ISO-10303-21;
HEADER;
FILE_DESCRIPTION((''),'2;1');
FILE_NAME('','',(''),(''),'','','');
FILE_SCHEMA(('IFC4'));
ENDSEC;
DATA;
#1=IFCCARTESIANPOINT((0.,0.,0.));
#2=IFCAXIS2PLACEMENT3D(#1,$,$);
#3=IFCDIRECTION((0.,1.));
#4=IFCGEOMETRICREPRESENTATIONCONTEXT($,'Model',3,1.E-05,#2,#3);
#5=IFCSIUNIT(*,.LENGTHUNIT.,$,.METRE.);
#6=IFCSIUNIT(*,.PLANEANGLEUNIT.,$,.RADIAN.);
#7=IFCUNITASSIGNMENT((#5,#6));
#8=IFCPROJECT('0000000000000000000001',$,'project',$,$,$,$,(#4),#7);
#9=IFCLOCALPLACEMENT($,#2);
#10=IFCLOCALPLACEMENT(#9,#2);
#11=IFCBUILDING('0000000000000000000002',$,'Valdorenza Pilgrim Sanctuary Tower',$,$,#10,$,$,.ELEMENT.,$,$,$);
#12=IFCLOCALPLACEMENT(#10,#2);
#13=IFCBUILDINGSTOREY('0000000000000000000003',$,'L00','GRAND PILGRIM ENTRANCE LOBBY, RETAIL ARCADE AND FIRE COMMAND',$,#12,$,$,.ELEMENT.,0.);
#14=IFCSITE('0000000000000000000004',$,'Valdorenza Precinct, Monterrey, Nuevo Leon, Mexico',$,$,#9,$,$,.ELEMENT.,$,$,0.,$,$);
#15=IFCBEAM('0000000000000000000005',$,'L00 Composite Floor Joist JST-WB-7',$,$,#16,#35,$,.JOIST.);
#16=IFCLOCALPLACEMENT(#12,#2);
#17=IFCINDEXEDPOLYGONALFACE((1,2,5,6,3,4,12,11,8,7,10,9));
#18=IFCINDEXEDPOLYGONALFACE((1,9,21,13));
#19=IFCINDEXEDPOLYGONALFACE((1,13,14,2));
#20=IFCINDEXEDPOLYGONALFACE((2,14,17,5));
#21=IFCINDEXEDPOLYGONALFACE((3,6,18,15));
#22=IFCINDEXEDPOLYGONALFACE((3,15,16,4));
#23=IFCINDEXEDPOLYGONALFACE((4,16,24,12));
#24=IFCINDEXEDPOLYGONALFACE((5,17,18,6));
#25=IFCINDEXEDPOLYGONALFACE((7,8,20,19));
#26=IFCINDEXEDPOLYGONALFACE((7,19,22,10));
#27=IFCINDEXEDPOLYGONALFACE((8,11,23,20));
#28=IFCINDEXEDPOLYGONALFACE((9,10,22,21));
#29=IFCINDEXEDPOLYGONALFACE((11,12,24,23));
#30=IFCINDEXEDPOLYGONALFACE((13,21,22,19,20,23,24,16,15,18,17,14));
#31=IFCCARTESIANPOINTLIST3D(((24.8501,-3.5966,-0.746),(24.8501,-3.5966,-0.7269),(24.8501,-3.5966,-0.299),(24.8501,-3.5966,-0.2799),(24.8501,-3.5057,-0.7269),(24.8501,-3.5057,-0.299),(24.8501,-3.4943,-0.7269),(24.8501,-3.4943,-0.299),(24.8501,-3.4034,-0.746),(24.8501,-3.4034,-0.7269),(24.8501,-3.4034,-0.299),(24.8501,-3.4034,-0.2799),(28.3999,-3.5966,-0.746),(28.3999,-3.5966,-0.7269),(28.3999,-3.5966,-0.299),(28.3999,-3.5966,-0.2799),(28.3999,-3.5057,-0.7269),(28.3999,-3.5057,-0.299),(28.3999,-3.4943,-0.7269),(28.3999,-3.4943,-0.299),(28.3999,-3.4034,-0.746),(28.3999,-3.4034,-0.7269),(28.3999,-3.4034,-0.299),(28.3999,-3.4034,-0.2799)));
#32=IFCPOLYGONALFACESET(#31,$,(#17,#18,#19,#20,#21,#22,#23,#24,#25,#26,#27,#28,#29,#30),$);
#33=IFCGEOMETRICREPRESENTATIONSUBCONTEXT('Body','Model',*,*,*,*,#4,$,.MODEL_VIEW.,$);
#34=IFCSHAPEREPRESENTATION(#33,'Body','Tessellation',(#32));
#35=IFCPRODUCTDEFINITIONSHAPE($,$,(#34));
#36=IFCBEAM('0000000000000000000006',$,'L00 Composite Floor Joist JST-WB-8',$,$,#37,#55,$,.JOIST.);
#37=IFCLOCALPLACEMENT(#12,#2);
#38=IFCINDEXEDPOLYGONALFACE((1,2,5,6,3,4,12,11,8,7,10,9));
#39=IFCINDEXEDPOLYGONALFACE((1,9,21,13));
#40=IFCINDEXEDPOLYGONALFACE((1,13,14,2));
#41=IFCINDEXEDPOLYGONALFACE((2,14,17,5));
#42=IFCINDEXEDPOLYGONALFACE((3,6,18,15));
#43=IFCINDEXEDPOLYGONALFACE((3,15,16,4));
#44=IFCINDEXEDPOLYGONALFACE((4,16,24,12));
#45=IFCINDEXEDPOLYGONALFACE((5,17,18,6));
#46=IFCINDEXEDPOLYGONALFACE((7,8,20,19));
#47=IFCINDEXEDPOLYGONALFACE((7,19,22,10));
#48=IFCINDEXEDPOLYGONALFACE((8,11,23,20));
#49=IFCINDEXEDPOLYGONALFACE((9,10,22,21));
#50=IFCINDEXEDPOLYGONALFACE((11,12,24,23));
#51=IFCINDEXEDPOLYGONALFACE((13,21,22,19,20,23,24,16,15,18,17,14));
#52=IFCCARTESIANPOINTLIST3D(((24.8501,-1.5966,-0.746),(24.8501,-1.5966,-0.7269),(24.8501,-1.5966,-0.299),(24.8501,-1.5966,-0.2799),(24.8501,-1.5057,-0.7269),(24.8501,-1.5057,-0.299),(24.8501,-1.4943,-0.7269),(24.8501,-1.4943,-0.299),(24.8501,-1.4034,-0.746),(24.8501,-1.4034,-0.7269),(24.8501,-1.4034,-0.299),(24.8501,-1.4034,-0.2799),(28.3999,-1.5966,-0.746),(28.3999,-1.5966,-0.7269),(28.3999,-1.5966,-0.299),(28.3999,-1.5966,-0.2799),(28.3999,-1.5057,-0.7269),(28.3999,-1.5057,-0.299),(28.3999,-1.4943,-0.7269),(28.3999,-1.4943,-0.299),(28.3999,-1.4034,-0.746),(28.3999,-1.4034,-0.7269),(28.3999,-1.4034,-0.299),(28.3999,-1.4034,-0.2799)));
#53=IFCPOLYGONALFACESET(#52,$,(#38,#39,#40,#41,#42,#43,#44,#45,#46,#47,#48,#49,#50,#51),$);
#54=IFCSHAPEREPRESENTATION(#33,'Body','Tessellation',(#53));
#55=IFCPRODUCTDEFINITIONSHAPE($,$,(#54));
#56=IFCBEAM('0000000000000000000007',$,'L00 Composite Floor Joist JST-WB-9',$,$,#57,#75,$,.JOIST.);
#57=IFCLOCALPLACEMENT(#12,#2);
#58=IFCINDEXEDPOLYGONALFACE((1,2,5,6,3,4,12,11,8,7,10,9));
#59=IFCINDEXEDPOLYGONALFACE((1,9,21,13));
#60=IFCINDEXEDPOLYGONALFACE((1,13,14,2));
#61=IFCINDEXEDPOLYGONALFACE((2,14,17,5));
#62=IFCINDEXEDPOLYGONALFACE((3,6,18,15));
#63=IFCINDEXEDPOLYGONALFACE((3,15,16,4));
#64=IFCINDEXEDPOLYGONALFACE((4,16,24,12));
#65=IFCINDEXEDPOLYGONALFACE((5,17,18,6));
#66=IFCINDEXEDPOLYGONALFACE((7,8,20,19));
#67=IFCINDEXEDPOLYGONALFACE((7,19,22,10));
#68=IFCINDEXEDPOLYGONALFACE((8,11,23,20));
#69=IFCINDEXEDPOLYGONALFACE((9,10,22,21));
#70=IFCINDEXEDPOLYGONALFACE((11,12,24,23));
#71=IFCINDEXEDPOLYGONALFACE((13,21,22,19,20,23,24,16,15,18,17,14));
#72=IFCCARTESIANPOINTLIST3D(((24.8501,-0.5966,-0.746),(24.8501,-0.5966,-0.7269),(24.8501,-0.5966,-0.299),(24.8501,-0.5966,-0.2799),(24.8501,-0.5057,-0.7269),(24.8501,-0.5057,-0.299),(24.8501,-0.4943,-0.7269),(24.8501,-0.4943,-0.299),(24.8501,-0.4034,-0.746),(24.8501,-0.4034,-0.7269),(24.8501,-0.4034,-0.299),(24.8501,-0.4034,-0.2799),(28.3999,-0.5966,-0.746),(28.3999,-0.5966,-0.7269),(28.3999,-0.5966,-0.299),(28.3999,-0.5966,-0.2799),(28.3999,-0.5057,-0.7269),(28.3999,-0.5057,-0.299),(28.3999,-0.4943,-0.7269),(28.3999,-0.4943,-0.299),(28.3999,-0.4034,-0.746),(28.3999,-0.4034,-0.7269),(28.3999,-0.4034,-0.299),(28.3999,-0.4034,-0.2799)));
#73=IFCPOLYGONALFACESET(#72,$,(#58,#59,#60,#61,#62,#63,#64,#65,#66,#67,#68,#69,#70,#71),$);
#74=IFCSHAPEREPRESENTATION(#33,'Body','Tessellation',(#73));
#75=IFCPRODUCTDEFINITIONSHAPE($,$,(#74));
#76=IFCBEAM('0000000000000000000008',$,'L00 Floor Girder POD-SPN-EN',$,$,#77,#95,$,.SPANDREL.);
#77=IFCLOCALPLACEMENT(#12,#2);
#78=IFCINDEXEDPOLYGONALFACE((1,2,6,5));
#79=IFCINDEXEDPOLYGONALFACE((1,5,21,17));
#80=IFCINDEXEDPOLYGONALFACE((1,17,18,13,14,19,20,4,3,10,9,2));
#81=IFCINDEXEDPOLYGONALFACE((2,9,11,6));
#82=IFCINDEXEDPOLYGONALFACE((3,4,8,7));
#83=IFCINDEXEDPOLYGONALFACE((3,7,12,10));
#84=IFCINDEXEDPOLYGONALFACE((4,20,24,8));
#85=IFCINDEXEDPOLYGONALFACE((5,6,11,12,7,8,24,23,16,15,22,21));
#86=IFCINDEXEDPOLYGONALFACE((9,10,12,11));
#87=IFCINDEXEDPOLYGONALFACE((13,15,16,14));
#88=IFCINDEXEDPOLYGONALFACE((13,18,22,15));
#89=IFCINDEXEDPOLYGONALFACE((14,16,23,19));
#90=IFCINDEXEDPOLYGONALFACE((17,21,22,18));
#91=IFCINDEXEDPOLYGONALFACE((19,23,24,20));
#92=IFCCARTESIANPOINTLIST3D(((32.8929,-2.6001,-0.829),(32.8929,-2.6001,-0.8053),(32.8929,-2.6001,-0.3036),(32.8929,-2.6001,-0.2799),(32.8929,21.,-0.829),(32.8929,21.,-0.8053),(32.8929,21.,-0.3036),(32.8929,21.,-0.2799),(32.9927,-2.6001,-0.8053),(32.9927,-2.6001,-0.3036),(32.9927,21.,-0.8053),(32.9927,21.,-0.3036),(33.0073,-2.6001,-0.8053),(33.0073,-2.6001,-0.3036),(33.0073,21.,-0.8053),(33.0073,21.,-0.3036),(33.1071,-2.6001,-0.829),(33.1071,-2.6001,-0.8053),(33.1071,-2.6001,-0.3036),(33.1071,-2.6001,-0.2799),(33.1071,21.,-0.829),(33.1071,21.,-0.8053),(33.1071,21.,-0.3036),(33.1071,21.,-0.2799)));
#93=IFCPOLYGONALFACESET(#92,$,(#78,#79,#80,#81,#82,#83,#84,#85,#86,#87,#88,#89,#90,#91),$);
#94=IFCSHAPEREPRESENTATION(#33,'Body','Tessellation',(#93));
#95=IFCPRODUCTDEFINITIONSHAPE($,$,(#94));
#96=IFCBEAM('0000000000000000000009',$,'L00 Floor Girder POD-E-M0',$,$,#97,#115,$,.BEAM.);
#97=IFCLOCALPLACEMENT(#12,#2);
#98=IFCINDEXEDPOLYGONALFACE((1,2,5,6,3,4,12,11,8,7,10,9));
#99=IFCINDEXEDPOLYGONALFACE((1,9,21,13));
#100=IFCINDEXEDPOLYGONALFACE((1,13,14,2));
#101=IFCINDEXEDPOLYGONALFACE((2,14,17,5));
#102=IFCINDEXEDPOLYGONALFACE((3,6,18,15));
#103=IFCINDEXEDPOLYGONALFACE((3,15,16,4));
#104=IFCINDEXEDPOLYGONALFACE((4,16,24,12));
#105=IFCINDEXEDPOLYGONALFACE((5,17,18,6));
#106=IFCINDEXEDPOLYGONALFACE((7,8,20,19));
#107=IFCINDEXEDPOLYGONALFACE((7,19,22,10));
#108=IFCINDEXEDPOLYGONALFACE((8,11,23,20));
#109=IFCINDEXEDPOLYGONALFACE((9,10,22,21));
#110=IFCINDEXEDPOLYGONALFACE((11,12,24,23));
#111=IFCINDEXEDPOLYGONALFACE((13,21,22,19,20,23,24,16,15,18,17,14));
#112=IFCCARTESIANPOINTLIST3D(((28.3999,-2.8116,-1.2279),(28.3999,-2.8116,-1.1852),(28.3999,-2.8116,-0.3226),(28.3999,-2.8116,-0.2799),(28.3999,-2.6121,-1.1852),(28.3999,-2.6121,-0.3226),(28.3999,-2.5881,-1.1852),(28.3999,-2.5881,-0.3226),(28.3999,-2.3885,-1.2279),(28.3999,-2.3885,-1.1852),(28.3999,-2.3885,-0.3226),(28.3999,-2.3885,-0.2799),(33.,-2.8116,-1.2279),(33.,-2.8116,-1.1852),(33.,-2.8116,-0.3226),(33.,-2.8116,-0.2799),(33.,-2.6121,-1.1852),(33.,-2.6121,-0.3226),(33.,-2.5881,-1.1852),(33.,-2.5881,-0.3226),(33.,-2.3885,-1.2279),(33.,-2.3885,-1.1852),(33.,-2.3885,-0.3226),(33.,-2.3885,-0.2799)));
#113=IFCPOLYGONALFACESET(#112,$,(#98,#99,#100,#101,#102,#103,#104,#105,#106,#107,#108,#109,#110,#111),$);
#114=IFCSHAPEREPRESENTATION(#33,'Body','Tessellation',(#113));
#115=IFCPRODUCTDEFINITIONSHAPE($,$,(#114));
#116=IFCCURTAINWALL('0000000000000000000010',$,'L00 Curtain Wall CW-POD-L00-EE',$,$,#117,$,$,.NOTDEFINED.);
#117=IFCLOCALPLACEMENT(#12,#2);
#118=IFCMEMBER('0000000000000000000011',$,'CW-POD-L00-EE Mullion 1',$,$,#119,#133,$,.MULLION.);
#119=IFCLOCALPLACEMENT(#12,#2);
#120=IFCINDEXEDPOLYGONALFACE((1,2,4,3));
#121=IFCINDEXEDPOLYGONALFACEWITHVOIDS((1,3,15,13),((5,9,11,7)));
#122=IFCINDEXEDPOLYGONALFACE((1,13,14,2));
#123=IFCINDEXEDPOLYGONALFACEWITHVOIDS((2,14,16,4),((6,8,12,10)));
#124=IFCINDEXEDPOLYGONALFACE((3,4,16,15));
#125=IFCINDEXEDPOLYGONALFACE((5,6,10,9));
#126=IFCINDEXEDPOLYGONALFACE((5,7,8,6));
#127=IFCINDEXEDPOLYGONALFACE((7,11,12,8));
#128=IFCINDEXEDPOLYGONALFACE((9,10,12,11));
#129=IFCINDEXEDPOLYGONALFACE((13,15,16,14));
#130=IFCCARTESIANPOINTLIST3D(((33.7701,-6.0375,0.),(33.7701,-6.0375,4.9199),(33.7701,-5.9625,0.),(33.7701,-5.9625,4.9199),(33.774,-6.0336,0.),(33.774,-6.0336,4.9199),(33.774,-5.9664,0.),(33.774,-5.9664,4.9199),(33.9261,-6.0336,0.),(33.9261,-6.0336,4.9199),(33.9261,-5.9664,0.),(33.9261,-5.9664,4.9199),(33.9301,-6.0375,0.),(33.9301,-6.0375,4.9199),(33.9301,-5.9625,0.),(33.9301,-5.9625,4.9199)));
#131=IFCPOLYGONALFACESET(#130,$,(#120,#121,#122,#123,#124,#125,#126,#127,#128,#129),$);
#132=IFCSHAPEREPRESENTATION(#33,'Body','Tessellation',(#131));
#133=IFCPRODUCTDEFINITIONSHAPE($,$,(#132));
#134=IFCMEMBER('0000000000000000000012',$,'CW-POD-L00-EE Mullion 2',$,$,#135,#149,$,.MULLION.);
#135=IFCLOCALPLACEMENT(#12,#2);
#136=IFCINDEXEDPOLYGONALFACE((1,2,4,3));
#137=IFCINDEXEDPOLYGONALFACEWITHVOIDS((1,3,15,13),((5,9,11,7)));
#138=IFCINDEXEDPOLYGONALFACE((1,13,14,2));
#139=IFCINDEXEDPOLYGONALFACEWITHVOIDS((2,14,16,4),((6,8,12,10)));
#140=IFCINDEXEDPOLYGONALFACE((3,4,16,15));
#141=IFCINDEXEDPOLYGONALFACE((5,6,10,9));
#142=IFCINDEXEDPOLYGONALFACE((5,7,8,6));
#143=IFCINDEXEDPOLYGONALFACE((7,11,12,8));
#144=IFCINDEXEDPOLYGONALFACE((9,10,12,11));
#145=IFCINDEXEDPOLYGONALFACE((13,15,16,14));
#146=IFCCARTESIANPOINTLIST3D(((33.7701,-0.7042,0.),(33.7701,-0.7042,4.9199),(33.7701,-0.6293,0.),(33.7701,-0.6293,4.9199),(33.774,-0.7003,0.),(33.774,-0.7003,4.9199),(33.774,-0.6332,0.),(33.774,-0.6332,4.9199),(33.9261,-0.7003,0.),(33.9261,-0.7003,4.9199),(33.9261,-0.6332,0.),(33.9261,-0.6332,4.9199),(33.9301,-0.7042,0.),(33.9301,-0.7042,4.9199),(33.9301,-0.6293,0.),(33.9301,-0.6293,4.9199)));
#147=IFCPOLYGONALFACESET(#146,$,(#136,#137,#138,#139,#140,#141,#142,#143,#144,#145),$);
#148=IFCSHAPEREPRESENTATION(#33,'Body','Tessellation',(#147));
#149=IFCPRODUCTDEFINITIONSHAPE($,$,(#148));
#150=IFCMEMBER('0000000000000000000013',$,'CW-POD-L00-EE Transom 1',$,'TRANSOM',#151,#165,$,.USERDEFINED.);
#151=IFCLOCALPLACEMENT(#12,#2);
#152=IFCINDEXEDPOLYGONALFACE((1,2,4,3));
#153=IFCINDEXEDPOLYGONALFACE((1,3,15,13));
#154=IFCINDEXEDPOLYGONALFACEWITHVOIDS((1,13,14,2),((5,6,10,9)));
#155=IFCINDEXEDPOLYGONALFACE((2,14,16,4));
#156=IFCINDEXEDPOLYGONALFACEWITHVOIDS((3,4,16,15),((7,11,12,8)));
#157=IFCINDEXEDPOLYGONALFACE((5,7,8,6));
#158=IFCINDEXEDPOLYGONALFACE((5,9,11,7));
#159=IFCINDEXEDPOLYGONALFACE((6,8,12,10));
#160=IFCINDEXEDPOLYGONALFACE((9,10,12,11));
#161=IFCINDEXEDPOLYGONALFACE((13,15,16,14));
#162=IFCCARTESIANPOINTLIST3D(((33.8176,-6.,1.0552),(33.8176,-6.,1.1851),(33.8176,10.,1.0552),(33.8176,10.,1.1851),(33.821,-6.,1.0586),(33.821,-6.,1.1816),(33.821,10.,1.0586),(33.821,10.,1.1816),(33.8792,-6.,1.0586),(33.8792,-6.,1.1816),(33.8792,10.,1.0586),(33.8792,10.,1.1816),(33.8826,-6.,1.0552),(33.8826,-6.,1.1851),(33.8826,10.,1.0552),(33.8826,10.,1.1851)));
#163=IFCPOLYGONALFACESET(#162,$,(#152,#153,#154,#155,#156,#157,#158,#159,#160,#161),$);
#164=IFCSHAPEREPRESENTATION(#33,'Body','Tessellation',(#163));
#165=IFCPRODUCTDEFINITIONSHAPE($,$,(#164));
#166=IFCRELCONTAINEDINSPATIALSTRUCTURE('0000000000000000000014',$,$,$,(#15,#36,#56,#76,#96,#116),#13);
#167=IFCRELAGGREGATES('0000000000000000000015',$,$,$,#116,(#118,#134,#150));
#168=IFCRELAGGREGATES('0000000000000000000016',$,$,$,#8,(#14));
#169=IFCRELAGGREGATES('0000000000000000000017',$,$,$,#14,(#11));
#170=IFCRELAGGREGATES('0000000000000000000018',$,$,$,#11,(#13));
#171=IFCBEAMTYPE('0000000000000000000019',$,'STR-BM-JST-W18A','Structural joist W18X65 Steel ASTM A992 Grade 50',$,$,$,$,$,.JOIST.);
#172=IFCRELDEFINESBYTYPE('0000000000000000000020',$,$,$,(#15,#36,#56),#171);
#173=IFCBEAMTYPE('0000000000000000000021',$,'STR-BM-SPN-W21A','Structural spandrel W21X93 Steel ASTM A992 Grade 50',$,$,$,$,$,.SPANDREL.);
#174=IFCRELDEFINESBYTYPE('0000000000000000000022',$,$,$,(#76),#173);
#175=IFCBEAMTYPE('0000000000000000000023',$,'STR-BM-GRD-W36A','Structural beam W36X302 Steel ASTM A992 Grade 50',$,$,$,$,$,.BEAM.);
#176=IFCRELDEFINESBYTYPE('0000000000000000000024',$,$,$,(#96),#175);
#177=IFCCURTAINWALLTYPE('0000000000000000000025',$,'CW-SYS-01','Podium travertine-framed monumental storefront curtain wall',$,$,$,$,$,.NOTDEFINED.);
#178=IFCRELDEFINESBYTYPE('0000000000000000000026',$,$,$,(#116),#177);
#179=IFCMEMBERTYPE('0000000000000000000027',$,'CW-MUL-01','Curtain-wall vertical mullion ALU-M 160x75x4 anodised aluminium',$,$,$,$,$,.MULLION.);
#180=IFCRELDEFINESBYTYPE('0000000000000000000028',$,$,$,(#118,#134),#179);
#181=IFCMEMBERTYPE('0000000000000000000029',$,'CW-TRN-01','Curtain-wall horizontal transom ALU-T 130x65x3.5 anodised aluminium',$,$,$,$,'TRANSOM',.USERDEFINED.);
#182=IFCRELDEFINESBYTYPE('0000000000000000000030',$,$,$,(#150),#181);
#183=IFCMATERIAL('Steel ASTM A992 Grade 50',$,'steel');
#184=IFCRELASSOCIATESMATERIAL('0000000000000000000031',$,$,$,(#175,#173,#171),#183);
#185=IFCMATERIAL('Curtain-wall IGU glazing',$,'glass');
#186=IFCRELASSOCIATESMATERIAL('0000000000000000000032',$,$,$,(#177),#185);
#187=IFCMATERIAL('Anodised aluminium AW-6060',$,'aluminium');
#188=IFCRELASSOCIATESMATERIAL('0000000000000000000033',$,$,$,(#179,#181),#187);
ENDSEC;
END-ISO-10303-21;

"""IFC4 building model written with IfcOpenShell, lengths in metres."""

from ifc_helpers import new_model, si_unit, direction, frame, origin, origin_2d, place, context, subcontext, project, spatial, hollow_rectangle, i_section, extrude, source, transform, mapped, material, material_profile, profile_set, type_object, element, aggregate, save


model = new_model("IFC4")

# Units and contexts
model_context = context("Model", 3, precision=1e-05, world=origin(), true_north=direction((0.0, 1.0)))
body_context = subcontext(model_context, "Body", "Model", "MODEL_VIEW")
ifc_project = project(units=[si_unit("LENGTHUNIT", "METRE"), si_unit("PLANEANGLEUNIT", "RADIAN")], contexts=[model_context])

# Site, building, storey
site_placement = place(None, origin())
site = spatial("IfcSite", under=ifc_project, at=site_placement, Name="Valdorenza Precinct, Monterrey, Nuevo Leon, Mexico", CompositionType="ELEMENT", RefElevation=0.0)
building_placement = place(site_placement, origin())
building = spatial("IfcBuilding", under=site, at=building_placement, Name="Valdorenza Pilgrim Sanctuary Tower", CompositionType="ELEMENT")
storey_placement = place(building_placement, origin())
storey = spatial("IfcBuildingStorey", under=building, at=storey_placement, Name="L00", Description="GRAND PILGRIM ENTRANCE LOBBY, RETAIL ARCADE AND FIRE COMMAND", CompositionType="ELEMENT", Elevation=0.0)

# Beams
ifc_material_1 = material(Name="Steel ASTM A992 Grade 50", Category="steel")
ifc_material_profile_1 = material_profile(ifc_material_1, i_section(OverallWidth=0.4231, OverallDepth=0.948, WebThickness=0.0239, FlangeThickness=0.0427, at=origin_2d()), Name="W36X302")
ifc_profile_set_1 = profile_set([ifc_material_profile_1], Name="Steel ASTM A992 Grade 50")
beam_type_1 = type_object("IfcBeamType", Name="STR-BM-GRD-W36A", Description="Structural beam W36X302 Steel ASTM A992 Grade 50", PredefinedType="BEAM", material=ifc_profile_set_1)
ifc_material_profile_2 = material_profile(ifc_material_1, i_section(OverallWidth=0.2141, OverallDepth=0.5491, WebThickness=0.0146, FlangeThickness=0.0237, at=origin_2d()), Name="W21X93")
ifc_profile_set_2 = profile_set([ifc_material_profile_2], Name="Steel ASTM A992 Grade 50")
beam_type_2 = type_object("IfcBeamType", Name="STR-BM-SPN-W21A", Description="Structural spandrel W21X93 Steel ASTM A992 Grade 50", PredefinedType="SPANDREL", material=ifc_profile_set_2)
ifc_material_profile_3 = material_profile(ifc_material_1, i_section(OverallWidth=0.1931, OverallDepth=0.4661, WebThickness=0.0115, FlangeThickness=0.019, at=origin_2d()), Name="W18X65")
ifc_profile_set_3 = profile_set([ifc_material_profile_3], Name="Steel ASTM A992 Grade 50")
beam_type_3 = type_object("IfcBeamType", Name="STR-BM-JST-W18A", Description="Structural joist W18X65 Steel ASTM A992 Grade 50", PredefinedType="JOIST", material=ifc_profile_set_3)
shared_shape_1 = source(origin(), body_context, "Body", "SweptSolid", [
    extrude(i_section(OverallWidth=0.1931, OverallDepth=0.4661, WebThickness=0.0115, FlangeThickness=0.019, at=origin_2d()), origin(), (0.0, 0.0, 1.0), 3.5498),
])
for number, where, z_axis, x_axis, name in (
    (1, (24.8501, -3.5, -0.5129), (1.0, 0.0, 0.0), (0.0, 1.0, 0.0), "L00 Composite Floor Joist JST-WB-7"),
    (2, (24.8501, -1.5, -0.5129), (1.0, 0.0, 0.0), (0.0, 1.0, 0.0), "L00 Composite Floor Joist JST-WB-8"),
    (3, (24.8501, -0.5, -0.5129), (1.0, 0.0, 0.0), (0.0, 1.0, 0.0), "L00 Composite Floor Joist JST-WB-9"),
):
    element("IfcBeam", number, at=place(storey_placement, frame(where, z_axis=z_axis, x_axis=x_axis)), inside=storey, type_object=beam_type_3, Name=name, PredefinedType="JOIST", context=body_context, shape_type="MappedRepresentation", body=[
        mapped(shared_shape_1, transform((0.0, 0.0, 0.0), x_axis=(1.0, 0.0, 0.0), y_axis=(0.0, 1.0, 0.0), z_axis=(0.0, 0.0, 1.0), scale=1.0)),
    ])
shared_shape_2 = source(origin(), body_context, "Body", "SweptSolid", [
    extrude(i_section(OverallWidth=0.2141, OverallDepth=0.5491, WebThickness=0.0146, FlangeThickness=0.0237, at=origin_2d()), origin(), (0.0, 0.0, 1.0), 23.6001),
])
beam_1_placement = place(storey_placement, frame((33.0, -2.6001, -0.5544), z_axis=(0.0, 1.0, 0.0), x_axis=(-1.0, 0.0, 0.0)))
element("IfcBeam", 4, at=beam_1_placement, inside=storey, type_object=beam_type_2, Name="L00 Floor Girder POD-SPN-EN", PredefinedType="SPANDREL", context=body_context, shape_type="MappedRepresentation", body=[
    mapped(shared_shape_2, transform((0.0, 0.0, 0.0), x_axis=(1.0, 0.0, 0.0), y_axis=(0.0, 1.0, 0.0), z_axis=(0.0, 0.0, 1.0), scale=1.0)),
])
shared_shape_3 = source(origin(), body_context, "Body", "SweptSolid", [
    extrude(i_section(OverallWidth=0.4231, OverallDepth=0.948, WebThickness=0.0239, FlangeThickness=0.0427, at=origin_2d()), origin(), (0.0, 0.0, 1.0), 4.6001),
])
beam_2_placement = place(storey_placement, frame((28.3999, -2.6001, -0.7539), z_axis=(1.0, 0.0, 0.0), x_axis=(0.0, 1.0, 0.0)))
element("IfcBeam", 5, at=beam_2_placement, inside=storey, type_object=beam_type_1, Name="L00 Floor Girder POD-E-M0", PredefinedType="BEAM", context=body_context, shape_type="MappedRepresentation", body=[
    mapped(shared_shape_3, transform((0.0, 0.0, 0.0), x_axis=(1.0, 0.0, 0.0), y_axis=(0.0, 1.0, 0.0), z_axis=(0.0, 0.0, 1.0), scale=1.0)),
])

# Curtain wall, members
ifc_material_2 = material(Name="Curtain-wall IGU glazing", Category="glass")
curtain_wall_type = type_object("IfcCurtainWallType", Name="CW-SYS-01", Description="Podium travertine-framed monumental storefront curtain wall", PredefinedType="NOTDEFINED", material=ifc_material_2)
curtain_wall_placement = place(storey_placement, origin())
curtain_wall = element("IfcCurtainWall", 6, at=curtain_wall_placement, inside=storey, type_object=curtain_wall_type, Name="L00 Curtain Wall CW-POD-L00-EE", PredefinedType="NOTDEFINED")
ifc_material_3 = material(Name="Anodised aluminium AW-6060", Category="aluminium")
ifc_material_profile_4 = material_profile(ifc_material_3, hollow_rectangle(XDim=0.075, YDim=0.1599, WallThickness=0.0039, at=origin_2d()), Name="ALU-M 160x75x4")
ifc_profile_set_4 = profile_set([ifc_material_profile_4], Name="Anodised aluminium AW-6060")
member_type_1 = type_object("IfcMemberType", Name="CW-MUL-01", Description="Curtain-wall vertical mullion ALU-M 160x75x4 anodised aluminium", PredefinedType="MULLION", material=ifc_profile_set_4)
shared_shape_4 = source(origin(), body_context, "Body", "SweptSolid", [
    extrude(hollow_rectangle(XDim=0.075, YDim=0.1599, WallThickness=0.0039, at=origin_2d()), origin(), (0.0, 0.0, 1.0), 4.9199),
])
member_1_placement = place(storey_placement, frame((33.8501, -6.0, 0.0), z_axis=(0.0, 0.0, 1.0), x_axis=(0.0, 1.0, 0.0)))
member_1 = element("IfcMember", 7, at=member_1_placement, type_object=member_type_1, Name="CW-POD-L00-EE Mullion 1", PredefinedType="MULLION", context=body_context, shape_type="MappedRepresentation", body=[
    mapped(shared_shape_4, transform((0.0, 0.0, 0.0), x_axis=(1.0, 0.0, 0.0), y_axis=(0.0, 1.0, 0.0), z_axis=(0.0, 0.0, 1.0), scale=1.0)),
])
member_2_placement = place(storey_placement, frame((33.8501, -0.6667, 0.0), z_axis=(0.0, 0.0, 1.0), x_axis=(0.0, 1.0, 0.0)))
member_2 = element("IfcMember", 8, at=member_2_placement, type_object=member_type_1, Name="CW-POD-L00-EE Mullion 2", PredefinedType="MULLION", context=body_context, shape_type="MappedRepresentation", body=[
    mapped(shared_shape_4, transform((0.0, 0.0, 0.0), x_axis=(1.0, 0.0, 0.0), y_axis=(0.0, 1.0, 0.0), z_axis=(0.0, 0.0, 1.0), scale=1.0)),
])
ifc_material_profile_5 = material_profile(ifc_material_3, hollow_rectangle(XDim=0.0649, YDim=0.1299, WallThickness=0.0034, at=origin_2d()), Name="ALU-T 130x65x3.5")
ifc_profile_set_5 = profile_set([ifc_material_profile_5], Name="Anodised aluminium AW-6060")
member_type_2 = type_object("IfcMemberType", Name="CW-TRN-01", Description="Curtain-wall horizontal transom ALU-T 130x65x3.5 anodised aluminium", ElementType="TRANSOM", PredefinedType="USERDEFINED", material=ifc_profile_set_5)
shared_shape_5 = source(origin(), body_context, "Body", "SweptSolid", [
    extrude(hollow_rectangle(XDim=0.0649, YDim=0.1299, WallThickness=0.0034, at=origin_2d()), origin(), (0.0, 0.0, 1.0), 16.0),
])
member_3_placement = place(storey_placement, frame((33.8501, -6.0, 1.1201), z_axis=(0.0, 1.0, 0.0), x_axis=(-1.0, 0.0, 0.0)))
member_3 = element("IfcMember", 9, at=member_3_placement, type_object=member_type_2, Name="CW-POD-L00-EE Transom 1", ObjectType="TRANSOM", PredefinedType="USERDEFINED", context=body_context, shape_type="MappedRepresentation", body=[
    mapped(shared_shape_5, transform((0.0, 0.0, 0.0), x_axis=(1.0, 0.0, 0.0), y_axis=(0.0, 1.0, 0.0), z_axis=(0.0, 0.0, 1.0), scale=1.0)),
])
aggregate(curtain_wall, [member_1, member_2, member_3])

save(model, "model.ifc")
